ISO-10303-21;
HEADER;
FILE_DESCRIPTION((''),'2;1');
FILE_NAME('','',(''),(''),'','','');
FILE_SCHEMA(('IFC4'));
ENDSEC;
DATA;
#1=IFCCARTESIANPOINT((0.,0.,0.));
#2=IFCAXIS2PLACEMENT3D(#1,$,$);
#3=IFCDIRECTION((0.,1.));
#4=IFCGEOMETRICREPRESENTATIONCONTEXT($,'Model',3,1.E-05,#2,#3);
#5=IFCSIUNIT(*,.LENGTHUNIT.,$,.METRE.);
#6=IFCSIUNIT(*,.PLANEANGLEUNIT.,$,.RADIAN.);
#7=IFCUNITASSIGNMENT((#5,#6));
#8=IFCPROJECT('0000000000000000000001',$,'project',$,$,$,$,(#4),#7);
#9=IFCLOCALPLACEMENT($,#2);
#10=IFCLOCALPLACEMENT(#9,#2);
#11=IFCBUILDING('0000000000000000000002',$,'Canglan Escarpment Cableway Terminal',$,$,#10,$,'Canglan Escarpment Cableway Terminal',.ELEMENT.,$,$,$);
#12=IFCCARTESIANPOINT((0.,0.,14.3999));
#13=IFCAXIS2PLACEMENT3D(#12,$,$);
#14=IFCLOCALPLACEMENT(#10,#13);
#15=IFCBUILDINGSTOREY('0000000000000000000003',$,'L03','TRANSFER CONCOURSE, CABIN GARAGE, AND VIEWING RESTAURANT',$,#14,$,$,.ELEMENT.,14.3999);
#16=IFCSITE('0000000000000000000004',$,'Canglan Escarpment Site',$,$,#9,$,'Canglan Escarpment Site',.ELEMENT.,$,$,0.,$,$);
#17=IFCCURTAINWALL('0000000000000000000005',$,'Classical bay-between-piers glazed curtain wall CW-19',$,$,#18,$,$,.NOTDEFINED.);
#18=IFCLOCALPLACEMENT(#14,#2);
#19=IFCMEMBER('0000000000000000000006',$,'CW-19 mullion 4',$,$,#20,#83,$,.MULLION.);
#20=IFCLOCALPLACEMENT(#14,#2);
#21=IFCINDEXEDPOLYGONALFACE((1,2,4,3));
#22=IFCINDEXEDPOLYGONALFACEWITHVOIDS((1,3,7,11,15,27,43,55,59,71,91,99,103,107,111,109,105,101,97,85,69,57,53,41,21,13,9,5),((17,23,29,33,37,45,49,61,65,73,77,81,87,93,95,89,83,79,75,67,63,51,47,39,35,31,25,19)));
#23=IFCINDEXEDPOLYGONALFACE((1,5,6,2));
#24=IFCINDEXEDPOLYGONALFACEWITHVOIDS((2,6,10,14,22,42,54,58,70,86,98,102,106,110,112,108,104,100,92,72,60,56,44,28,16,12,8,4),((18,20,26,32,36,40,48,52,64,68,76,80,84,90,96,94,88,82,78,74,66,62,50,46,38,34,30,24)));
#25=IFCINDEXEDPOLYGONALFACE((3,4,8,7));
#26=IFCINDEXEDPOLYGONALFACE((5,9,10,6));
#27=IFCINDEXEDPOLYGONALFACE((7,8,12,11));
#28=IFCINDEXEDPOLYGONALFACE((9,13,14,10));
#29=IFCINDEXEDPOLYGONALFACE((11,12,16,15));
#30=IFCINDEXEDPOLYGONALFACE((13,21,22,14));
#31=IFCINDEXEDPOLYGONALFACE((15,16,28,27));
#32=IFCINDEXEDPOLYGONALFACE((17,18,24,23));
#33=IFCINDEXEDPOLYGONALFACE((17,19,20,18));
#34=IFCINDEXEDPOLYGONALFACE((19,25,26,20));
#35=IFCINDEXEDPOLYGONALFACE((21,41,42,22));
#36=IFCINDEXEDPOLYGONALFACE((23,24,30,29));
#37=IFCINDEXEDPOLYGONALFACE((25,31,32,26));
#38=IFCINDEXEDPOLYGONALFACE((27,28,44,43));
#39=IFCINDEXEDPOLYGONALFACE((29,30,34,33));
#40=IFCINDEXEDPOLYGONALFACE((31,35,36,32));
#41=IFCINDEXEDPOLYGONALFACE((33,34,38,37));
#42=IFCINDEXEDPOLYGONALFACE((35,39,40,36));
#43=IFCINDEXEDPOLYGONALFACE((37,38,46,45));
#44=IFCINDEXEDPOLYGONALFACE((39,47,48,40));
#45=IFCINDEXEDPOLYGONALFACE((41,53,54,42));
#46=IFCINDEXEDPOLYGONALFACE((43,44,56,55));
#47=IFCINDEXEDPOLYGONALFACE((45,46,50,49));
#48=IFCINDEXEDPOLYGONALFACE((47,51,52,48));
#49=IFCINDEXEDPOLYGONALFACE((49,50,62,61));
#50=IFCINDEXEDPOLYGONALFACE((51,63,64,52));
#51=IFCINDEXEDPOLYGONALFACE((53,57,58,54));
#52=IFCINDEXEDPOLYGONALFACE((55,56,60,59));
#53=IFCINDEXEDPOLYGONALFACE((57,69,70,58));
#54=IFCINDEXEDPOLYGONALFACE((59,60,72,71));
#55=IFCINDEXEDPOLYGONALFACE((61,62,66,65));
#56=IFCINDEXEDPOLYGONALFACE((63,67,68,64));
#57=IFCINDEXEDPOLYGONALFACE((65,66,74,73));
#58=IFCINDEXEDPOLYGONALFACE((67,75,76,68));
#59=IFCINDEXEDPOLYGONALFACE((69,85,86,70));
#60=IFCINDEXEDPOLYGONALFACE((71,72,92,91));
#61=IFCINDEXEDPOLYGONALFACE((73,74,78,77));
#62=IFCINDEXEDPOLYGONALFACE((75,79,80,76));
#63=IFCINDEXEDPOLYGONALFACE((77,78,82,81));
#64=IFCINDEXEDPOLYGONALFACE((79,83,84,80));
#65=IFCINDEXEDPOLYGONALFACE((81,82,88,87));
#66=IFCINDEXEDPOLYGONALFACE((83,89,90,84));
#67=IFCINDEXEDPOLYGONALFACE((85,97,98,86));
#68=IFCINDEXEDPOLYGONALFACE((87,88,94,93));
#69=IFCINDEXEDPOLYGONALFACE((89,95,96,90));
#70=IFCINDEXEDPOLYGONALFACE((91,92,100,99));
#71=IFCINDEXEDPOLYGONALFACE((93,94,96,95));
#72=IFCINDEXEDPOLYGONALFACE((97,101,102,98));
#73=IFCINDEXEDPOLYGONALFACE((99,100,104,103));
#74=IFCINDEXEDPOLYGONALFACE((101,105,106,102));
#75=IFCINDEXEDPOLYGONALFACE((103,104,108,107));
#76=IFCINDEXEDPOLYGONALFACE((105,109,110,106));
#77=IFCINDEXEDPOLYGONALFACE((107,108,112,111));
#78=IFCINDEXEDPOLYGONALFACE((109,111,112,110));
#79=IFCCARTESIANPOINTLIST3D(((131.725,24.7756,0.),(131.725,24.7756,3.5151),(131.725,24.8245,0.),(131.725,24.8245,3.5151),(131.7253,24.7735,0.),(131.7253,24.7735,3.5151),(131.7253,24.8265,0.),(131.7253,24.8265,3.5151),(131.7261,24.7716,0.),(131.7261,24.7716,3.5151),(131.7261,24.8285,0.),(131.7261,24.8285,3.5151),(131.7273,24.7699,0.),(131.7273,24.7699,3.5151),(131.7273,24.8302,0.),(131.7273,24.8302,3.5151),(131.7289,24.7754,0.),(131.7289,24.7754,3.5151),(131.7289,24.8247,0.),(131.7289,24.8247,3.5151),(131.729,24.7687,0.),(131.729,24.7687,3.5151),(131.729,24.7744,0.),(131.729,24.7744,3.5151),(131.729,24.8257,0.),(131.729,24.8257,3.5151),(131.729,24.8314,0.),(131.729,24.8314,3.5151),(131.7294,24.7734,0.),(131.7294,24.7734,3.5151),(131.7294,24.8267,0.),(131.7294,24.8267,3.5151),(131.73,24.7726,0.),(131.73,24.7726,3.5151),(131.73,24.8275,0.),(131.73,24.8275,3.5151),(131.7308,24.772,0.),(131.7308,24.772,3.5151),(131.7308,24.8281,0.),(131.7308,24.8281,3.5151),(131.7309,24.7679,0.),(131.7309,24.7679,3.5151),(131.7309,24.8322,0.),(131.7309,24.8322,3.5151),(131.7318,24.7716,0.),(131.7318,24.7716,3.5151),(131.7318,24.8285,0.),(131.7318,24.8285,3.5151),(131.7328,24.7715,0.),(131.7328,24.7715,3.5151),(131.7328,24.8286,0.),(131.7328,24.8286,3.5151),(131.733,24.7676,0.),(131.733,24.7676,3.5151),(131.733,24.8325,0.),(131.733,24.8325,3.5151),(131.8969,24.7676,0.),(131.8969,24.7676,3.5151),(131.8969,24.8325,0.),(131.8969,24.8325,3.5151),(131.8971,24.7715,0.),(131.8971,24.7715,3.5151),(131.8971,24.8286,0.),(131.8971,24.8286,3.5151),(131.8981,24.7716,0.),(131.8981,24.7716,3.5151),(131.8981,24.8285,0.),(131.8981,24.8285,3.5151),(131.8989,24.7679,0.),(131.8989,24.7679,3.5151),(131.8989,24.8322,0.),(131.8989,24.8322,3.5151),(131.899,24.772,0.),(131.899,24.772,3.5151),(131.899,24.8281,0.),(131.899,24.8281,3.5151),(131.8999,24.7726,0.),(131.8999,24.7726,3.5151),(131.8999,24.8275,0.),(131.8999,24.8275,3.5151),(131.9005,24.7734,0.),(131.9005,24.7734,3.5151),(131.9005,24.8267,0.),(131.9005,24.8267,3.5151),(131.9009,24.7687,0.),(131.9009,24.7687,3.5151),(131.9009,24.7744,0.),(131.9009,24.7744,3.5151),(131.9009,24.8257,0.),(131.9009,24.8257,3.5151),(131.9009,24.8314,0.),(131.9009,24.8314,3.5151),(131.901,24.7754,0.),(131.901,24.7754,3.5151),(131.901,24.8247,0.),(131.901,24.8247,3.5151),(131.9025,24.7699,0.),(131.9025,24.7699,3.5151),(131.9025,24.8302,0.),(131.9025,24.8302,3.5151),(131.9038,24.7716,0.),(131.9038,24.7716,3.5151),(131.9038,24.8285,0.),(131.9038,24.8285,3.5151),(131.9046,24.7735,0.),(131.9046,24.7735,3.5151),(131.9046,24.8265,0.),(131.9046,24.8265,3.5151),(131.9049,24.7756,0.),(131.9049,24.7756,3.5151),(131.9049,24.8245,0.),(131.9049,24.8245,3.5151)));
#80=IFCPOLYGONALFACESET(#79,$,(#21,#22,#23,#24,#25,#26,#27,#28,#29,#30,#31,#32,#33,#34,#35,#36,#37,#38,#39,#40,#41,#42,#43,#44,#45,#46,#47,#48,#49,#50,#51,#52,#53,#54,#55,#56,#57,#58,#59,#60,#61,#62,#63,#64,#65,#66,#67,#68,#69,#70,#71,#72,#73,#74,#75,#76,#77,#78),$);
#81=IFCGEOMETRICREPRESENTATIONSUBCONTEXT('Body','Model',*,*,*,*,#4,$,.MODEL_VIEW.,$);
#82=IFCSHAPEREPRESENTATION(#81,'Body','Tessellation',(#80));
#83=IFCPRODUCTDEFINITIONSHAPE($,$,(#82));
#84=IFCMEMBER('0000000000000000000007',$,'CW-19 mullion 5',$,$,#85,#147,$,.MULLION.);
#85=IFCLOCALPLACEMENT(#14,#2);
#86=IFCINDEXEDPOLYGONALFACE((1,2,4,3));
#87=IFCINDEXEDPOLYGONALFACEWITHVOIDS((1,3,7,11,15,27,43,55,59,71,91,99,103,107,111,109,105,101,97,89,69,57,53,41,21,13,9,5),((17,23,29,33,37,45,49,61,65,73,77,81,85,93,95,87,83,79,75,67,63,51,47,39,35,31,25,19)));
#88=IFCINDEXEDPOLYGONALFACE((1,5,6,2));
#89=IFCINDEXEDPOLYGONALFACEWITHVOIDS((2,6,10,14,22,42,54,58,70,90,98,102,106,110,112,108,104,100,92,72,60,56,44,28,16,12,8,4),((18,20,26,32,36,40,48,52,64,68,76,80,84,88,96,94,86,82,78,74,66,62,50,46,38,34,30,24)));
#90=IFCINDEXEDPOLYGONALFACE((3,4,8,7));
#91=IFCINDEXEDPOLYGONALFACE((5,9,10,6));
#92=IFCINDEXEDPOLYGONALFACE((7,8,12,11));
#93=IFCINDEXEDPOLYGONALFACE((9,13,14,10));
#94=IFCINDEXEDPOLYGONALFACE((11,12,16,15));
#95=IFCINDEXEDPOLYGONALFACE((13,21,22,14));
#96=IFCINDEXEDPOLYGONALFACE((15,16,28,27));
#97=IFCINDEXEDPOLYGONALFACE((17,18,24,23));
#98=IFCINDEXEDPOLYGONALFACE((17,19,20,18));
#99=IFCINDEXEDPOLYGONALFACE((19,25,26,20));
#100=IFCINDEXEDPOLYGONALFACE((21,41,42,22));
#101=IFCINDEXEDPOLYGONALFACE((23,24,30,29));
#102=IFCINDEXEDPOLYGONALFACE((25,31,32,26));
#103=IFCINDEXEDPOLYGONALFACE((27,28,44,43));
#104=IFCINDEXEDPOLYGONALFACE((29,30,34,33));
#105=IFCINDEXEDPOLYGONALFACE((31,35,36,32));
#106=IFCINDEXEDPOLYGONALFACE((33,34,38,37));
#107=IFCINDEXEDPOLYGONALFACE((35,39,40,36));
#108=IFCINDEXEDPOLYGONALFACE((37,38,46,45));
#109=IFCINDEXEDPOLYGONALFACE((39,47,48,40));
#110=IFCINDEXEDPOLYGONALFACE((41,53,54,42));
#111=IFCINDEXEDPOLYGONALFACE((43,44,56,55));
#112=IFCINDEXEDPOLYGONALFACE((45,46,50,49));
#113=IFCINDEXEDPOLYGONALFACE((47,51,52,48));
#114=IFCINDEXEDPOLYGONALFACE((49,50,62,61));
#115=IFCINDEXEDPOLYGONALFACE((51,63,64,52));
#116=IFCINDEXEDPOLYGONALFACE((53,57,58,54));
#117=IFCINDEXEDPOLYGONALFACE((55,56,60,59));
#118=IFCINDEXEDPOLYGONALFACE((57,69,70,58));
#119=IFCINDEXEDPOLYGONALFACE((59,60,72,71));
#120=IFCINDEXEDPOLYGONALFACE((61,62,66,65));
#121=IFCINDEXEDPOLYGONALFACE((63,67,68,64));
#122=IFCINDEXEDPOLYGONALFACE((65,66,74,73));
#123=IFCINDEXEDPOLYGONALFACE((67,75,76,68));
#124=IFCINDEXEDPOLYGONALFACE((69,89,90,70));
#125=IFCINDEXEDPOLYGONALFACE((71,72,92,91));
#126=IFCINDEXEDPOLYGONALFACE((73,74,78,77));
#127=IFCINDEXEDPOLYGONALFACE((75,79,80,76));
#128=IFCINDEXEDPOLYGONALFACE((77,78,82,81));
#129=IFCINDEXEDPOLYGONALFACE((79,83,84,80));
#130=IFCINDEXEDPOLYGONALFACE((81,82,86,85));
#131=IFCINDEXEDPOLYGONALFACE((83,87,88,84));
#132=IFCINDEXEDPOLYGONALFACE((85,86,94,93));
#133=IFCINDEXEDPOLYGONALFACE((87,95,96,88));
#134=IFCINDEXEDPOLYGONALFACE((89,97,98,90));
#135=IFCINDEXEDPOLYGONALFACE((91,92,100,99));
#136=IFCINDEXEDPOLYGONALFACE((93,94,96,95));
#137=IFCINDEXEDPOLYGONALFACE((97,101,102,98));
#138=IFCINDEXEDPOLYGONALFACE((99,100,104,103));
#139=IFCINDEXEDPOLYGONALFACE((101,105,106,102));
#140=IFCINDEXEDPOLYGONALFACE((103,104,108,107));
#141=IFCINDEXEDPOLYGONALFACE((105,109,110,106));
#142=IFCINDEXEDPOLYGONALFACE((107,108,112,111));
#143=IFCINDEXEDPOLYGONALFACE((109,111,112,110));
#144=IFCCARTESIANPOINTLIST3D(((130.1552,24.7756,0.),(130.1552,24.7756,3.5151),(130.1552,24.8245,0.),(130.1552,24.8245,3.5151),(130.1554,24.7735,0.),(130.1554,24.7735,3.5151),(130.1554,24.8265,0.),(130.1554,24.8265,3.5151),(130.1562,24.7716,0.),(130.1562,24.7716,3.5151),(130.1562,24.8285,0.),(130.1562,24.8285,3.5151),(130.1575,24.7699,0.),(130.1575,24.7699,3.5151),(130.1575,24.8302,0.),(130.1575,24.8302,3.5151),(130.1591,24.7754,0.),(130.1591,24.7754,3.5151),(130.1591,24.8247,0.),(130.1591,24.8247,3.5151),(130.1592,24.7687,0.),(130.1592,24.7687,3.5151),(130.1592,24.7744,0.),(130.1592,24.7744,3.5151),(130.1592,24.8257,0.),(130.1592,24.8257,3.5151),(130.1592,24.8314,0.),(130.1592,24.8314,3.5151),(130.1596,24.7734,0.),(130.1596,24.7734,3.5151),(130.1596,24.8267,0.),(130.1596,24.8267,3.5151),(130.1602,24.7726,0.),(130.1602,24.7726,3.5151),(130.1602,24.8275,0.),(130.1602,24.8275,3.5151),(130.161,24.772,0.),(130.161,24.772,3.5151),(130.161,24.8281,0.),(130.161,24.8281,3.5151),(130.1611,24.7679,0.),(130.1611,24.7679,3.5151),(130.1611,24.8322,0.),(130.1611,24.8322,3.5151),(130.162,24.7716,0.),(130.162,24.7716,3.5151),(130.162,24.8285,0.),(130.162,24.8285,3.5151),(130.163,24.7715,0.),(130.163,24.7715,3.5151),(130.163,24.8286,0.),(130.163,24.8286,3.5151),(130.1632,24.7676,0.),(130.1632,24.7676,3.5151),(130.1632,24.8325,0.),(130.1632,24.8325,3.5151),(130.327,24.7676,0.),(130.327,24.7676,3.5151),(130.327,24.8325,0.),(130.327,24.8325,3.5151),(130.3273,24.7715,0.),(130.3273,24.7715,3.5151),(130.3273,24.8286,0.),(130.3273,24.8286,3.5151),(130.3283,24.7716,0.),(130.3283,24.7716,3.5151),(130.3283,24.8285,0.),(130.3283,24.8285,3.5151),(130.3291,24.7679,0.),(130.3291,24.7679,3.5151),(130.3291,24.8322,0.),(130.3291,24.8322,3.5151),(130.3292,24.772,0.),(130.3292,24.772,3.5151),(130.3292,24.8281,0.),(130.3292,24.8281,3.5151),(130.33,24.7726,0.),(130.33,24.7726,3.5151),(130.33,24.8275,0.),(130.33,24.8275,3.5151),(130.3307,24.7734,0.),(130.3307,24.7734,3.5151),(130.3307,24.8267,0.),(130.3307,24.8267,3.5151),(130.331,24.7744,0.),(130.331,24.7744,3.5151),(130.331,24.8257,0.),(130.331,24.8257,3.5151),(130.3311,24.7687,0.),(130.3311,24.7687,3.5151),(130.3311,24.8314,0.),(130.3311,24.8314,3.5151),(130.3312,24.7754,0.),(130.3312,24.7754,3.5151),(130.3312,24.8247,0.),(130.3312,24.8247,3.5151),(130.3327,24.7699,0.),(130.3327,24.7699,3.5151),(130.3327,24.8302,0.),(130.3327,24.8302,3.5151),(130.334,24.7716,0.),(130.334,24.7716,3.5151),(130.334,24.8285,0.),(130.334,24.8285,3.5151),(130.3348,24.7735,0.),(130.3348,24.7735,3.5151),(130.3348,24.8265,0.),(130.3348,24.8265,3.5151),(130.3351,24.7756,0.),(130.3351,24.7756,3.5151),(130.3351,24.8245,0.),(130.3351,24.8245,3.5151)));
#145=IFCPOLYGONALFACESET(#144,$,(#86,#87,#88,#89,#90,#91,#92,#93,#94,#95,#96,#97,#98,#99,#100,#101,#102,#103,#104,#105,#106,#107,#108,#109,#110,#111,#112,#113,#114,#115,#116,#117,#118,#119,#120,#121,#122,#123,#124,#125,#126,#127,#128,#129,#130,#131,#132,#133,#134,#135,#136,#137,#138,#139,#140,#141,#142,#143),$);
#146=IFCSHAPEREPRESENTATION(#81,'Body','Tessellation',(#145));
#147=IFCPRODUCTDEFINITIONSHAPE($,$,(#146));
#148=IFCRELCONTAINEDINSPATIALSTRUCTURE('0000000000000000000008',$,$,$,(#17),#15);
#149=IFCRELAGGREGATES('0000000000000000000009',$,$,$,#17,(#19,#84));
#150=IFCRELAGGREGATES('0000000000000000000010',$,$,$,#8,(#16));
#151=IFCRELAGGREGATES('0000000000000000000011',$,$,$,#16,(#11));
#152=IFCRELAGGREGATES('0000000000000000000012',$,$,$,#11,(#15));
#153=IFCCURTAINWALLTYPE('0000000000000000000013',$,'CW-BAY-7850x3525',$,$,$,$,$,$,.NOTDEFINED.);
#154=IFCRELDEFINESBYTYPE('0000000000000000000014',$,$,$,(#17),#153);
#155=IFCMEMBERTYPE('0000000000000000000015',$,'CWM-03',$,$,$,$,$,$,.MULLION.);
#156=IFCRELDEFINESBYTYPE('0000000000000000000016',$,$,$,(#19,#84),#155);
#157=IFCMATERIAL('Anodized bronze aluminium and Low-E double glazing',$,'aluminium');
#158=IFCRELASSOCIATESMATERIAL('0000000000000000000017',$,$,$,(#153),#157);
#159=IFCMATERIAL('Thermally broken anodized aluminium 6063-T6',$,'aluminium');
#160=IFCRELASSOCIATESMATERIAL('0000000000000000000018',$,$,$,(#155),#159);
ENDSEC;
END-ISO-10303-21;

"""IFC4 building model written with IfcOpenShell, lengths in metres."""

from ifc_helpers import new_model, si_unit, direction, frame, origin, origin_2d, place, context, subcontext, project, spatial, hollow_rectangle, extrude, material, material_profile, profile_set, type_object, element, aggregate, save


model = new_model("IFC4")

# Units and contexts
model_context = context("Model", 3, precision=1e-05, world=origin(), true_north=direction((0.0, 1.0)))
body_context = subcontext(model_context, "Body", "Model", "MODEL_VIEW")
ifc_project = project(units=[si_unit("LENGTHUNIT", "METRE"), si_unit("PLANEANGLEUNIT", "RADIAN")], contexts=[model_context])

# Site, building, storey
site_placement = place(None, origin())
site = spatial("IfcSite", under=ifc_project, at=site_placement, Name="Canglan Escarpment Site", LongName="Canglan Escarpment Site", CompositionType="ELEMENT", RefElevation=0.0)
building_placement = place(site_placement, origin())
building = spatial("IfcBuilding", under=site, at=building_placement, Name="Canglan Escarpment Cableway Terminal", LongName="Canglan Escarpment Cableway Terminal", CompositionType="ELEMENT")
storey_placement = place(building_placement, frame((0.0, 0.0, 14.3999)))
storey = spatial("IfcBuildingStorey", under=building, at=storey_placement, Name="L03", Description="TRANSFER CONCOURSE, CABIN GARAGE, AND VIEWING RESTAURANT", CompositionType="ELEMENT", Elevation=14.3999)

# Shared definitions
ifc_material_1 = material(Name="Anodized bronze aluminium and Low-E double glazing", Category="aluminium")
ifc_material_2 = material(Name="Thermally broken anodized aluminium 6063-T6", Category="aluminium")

# Curtain wall, members
curtain_wall_type_1 = type_object("IfcCurtainWallType", Name="CW-BAY-7850x3525", PredefinedType="NOTDEFINED", material=ifc_material_1)
curtain_wall_1_placement = place(storey_placement, origin())
curtain_wall_1 = element("IfcCurtainWall", 1, at=curtain_wall_1_placement, inside=storey, type_object=curtain_wall_type_1, Name="Classical bay-between-piers glazed curtain wall CW-19", PredefinedType="NOTDEFINED")
ifc_material_profile_1 = material_profile(ifc_material_2, hollow_rectangle(XDim=0.0649, YDim=0.1799, WallThickness=0.0039, InnerFilletRadius=0.0039, OuterFilletRadius=0.0081, at=origin_2d()), Name="ALU-MULL 65x180x4")
ifc_profile_set_1 = profile_set([ifc_material_profile_1], Name="Thermally broken anodized aluminium 6063-T6")
member_type_1 = type_object("IfcMemberType", Name="CWM-03", PredefinedType="MULLION", material=ifc_profile_set_1)
member_1_placement = place(storey_placement, frame((131.8149, 24.8, 0.0), z_axis=(0.0, 0.0, 1.0), x_axis=(0.0, -1.0, 0.0)))
member_1 = element("IfcMember", 2, at=member_1_placement, type_object=member_type_1, Name="CW-19 mullion 4", PredefinedType="MULLION", context=body_context, shape_type="SweptSolid", body=[
    extrude(hollow_rectangle(XDim=0.0649, YDim=0.1799, WallThickness=0.0039, InnerFilletRadius=0.0039, OuterFilletRadius=0.0081, at=origin_2d()), origin(), (0.0, 0.0, 1.0), 3.5151),
])
member_2_placement = place(storey_placement, frame((130.2451, 24.8, 0.0), z_axis=(0.0, 0.0, 1.0), x_axis=(0.0, -1.0, 0.0)))
member_2 = element("IfcMember", 3, at=member_2_placement, type_object=member_type_1, Name="CW-19 mullion 5", PredefinedType="MULLION", context=body_context, shape_type="SweptSolid", body=[
    extrude(hollow_rectangle(XDim=0.0649, YDim=0.1799, WallThickness=0.0039, InnerFilletRadius=0.0039, OuterFilletRadius=0.0081, at=origin_2d()), origin(), (0.0, 0.0, 1.0), 3.5151),
])

aggregate(curtain_wall_1, [member_1, member_2])

save(model, "model.ifc")
